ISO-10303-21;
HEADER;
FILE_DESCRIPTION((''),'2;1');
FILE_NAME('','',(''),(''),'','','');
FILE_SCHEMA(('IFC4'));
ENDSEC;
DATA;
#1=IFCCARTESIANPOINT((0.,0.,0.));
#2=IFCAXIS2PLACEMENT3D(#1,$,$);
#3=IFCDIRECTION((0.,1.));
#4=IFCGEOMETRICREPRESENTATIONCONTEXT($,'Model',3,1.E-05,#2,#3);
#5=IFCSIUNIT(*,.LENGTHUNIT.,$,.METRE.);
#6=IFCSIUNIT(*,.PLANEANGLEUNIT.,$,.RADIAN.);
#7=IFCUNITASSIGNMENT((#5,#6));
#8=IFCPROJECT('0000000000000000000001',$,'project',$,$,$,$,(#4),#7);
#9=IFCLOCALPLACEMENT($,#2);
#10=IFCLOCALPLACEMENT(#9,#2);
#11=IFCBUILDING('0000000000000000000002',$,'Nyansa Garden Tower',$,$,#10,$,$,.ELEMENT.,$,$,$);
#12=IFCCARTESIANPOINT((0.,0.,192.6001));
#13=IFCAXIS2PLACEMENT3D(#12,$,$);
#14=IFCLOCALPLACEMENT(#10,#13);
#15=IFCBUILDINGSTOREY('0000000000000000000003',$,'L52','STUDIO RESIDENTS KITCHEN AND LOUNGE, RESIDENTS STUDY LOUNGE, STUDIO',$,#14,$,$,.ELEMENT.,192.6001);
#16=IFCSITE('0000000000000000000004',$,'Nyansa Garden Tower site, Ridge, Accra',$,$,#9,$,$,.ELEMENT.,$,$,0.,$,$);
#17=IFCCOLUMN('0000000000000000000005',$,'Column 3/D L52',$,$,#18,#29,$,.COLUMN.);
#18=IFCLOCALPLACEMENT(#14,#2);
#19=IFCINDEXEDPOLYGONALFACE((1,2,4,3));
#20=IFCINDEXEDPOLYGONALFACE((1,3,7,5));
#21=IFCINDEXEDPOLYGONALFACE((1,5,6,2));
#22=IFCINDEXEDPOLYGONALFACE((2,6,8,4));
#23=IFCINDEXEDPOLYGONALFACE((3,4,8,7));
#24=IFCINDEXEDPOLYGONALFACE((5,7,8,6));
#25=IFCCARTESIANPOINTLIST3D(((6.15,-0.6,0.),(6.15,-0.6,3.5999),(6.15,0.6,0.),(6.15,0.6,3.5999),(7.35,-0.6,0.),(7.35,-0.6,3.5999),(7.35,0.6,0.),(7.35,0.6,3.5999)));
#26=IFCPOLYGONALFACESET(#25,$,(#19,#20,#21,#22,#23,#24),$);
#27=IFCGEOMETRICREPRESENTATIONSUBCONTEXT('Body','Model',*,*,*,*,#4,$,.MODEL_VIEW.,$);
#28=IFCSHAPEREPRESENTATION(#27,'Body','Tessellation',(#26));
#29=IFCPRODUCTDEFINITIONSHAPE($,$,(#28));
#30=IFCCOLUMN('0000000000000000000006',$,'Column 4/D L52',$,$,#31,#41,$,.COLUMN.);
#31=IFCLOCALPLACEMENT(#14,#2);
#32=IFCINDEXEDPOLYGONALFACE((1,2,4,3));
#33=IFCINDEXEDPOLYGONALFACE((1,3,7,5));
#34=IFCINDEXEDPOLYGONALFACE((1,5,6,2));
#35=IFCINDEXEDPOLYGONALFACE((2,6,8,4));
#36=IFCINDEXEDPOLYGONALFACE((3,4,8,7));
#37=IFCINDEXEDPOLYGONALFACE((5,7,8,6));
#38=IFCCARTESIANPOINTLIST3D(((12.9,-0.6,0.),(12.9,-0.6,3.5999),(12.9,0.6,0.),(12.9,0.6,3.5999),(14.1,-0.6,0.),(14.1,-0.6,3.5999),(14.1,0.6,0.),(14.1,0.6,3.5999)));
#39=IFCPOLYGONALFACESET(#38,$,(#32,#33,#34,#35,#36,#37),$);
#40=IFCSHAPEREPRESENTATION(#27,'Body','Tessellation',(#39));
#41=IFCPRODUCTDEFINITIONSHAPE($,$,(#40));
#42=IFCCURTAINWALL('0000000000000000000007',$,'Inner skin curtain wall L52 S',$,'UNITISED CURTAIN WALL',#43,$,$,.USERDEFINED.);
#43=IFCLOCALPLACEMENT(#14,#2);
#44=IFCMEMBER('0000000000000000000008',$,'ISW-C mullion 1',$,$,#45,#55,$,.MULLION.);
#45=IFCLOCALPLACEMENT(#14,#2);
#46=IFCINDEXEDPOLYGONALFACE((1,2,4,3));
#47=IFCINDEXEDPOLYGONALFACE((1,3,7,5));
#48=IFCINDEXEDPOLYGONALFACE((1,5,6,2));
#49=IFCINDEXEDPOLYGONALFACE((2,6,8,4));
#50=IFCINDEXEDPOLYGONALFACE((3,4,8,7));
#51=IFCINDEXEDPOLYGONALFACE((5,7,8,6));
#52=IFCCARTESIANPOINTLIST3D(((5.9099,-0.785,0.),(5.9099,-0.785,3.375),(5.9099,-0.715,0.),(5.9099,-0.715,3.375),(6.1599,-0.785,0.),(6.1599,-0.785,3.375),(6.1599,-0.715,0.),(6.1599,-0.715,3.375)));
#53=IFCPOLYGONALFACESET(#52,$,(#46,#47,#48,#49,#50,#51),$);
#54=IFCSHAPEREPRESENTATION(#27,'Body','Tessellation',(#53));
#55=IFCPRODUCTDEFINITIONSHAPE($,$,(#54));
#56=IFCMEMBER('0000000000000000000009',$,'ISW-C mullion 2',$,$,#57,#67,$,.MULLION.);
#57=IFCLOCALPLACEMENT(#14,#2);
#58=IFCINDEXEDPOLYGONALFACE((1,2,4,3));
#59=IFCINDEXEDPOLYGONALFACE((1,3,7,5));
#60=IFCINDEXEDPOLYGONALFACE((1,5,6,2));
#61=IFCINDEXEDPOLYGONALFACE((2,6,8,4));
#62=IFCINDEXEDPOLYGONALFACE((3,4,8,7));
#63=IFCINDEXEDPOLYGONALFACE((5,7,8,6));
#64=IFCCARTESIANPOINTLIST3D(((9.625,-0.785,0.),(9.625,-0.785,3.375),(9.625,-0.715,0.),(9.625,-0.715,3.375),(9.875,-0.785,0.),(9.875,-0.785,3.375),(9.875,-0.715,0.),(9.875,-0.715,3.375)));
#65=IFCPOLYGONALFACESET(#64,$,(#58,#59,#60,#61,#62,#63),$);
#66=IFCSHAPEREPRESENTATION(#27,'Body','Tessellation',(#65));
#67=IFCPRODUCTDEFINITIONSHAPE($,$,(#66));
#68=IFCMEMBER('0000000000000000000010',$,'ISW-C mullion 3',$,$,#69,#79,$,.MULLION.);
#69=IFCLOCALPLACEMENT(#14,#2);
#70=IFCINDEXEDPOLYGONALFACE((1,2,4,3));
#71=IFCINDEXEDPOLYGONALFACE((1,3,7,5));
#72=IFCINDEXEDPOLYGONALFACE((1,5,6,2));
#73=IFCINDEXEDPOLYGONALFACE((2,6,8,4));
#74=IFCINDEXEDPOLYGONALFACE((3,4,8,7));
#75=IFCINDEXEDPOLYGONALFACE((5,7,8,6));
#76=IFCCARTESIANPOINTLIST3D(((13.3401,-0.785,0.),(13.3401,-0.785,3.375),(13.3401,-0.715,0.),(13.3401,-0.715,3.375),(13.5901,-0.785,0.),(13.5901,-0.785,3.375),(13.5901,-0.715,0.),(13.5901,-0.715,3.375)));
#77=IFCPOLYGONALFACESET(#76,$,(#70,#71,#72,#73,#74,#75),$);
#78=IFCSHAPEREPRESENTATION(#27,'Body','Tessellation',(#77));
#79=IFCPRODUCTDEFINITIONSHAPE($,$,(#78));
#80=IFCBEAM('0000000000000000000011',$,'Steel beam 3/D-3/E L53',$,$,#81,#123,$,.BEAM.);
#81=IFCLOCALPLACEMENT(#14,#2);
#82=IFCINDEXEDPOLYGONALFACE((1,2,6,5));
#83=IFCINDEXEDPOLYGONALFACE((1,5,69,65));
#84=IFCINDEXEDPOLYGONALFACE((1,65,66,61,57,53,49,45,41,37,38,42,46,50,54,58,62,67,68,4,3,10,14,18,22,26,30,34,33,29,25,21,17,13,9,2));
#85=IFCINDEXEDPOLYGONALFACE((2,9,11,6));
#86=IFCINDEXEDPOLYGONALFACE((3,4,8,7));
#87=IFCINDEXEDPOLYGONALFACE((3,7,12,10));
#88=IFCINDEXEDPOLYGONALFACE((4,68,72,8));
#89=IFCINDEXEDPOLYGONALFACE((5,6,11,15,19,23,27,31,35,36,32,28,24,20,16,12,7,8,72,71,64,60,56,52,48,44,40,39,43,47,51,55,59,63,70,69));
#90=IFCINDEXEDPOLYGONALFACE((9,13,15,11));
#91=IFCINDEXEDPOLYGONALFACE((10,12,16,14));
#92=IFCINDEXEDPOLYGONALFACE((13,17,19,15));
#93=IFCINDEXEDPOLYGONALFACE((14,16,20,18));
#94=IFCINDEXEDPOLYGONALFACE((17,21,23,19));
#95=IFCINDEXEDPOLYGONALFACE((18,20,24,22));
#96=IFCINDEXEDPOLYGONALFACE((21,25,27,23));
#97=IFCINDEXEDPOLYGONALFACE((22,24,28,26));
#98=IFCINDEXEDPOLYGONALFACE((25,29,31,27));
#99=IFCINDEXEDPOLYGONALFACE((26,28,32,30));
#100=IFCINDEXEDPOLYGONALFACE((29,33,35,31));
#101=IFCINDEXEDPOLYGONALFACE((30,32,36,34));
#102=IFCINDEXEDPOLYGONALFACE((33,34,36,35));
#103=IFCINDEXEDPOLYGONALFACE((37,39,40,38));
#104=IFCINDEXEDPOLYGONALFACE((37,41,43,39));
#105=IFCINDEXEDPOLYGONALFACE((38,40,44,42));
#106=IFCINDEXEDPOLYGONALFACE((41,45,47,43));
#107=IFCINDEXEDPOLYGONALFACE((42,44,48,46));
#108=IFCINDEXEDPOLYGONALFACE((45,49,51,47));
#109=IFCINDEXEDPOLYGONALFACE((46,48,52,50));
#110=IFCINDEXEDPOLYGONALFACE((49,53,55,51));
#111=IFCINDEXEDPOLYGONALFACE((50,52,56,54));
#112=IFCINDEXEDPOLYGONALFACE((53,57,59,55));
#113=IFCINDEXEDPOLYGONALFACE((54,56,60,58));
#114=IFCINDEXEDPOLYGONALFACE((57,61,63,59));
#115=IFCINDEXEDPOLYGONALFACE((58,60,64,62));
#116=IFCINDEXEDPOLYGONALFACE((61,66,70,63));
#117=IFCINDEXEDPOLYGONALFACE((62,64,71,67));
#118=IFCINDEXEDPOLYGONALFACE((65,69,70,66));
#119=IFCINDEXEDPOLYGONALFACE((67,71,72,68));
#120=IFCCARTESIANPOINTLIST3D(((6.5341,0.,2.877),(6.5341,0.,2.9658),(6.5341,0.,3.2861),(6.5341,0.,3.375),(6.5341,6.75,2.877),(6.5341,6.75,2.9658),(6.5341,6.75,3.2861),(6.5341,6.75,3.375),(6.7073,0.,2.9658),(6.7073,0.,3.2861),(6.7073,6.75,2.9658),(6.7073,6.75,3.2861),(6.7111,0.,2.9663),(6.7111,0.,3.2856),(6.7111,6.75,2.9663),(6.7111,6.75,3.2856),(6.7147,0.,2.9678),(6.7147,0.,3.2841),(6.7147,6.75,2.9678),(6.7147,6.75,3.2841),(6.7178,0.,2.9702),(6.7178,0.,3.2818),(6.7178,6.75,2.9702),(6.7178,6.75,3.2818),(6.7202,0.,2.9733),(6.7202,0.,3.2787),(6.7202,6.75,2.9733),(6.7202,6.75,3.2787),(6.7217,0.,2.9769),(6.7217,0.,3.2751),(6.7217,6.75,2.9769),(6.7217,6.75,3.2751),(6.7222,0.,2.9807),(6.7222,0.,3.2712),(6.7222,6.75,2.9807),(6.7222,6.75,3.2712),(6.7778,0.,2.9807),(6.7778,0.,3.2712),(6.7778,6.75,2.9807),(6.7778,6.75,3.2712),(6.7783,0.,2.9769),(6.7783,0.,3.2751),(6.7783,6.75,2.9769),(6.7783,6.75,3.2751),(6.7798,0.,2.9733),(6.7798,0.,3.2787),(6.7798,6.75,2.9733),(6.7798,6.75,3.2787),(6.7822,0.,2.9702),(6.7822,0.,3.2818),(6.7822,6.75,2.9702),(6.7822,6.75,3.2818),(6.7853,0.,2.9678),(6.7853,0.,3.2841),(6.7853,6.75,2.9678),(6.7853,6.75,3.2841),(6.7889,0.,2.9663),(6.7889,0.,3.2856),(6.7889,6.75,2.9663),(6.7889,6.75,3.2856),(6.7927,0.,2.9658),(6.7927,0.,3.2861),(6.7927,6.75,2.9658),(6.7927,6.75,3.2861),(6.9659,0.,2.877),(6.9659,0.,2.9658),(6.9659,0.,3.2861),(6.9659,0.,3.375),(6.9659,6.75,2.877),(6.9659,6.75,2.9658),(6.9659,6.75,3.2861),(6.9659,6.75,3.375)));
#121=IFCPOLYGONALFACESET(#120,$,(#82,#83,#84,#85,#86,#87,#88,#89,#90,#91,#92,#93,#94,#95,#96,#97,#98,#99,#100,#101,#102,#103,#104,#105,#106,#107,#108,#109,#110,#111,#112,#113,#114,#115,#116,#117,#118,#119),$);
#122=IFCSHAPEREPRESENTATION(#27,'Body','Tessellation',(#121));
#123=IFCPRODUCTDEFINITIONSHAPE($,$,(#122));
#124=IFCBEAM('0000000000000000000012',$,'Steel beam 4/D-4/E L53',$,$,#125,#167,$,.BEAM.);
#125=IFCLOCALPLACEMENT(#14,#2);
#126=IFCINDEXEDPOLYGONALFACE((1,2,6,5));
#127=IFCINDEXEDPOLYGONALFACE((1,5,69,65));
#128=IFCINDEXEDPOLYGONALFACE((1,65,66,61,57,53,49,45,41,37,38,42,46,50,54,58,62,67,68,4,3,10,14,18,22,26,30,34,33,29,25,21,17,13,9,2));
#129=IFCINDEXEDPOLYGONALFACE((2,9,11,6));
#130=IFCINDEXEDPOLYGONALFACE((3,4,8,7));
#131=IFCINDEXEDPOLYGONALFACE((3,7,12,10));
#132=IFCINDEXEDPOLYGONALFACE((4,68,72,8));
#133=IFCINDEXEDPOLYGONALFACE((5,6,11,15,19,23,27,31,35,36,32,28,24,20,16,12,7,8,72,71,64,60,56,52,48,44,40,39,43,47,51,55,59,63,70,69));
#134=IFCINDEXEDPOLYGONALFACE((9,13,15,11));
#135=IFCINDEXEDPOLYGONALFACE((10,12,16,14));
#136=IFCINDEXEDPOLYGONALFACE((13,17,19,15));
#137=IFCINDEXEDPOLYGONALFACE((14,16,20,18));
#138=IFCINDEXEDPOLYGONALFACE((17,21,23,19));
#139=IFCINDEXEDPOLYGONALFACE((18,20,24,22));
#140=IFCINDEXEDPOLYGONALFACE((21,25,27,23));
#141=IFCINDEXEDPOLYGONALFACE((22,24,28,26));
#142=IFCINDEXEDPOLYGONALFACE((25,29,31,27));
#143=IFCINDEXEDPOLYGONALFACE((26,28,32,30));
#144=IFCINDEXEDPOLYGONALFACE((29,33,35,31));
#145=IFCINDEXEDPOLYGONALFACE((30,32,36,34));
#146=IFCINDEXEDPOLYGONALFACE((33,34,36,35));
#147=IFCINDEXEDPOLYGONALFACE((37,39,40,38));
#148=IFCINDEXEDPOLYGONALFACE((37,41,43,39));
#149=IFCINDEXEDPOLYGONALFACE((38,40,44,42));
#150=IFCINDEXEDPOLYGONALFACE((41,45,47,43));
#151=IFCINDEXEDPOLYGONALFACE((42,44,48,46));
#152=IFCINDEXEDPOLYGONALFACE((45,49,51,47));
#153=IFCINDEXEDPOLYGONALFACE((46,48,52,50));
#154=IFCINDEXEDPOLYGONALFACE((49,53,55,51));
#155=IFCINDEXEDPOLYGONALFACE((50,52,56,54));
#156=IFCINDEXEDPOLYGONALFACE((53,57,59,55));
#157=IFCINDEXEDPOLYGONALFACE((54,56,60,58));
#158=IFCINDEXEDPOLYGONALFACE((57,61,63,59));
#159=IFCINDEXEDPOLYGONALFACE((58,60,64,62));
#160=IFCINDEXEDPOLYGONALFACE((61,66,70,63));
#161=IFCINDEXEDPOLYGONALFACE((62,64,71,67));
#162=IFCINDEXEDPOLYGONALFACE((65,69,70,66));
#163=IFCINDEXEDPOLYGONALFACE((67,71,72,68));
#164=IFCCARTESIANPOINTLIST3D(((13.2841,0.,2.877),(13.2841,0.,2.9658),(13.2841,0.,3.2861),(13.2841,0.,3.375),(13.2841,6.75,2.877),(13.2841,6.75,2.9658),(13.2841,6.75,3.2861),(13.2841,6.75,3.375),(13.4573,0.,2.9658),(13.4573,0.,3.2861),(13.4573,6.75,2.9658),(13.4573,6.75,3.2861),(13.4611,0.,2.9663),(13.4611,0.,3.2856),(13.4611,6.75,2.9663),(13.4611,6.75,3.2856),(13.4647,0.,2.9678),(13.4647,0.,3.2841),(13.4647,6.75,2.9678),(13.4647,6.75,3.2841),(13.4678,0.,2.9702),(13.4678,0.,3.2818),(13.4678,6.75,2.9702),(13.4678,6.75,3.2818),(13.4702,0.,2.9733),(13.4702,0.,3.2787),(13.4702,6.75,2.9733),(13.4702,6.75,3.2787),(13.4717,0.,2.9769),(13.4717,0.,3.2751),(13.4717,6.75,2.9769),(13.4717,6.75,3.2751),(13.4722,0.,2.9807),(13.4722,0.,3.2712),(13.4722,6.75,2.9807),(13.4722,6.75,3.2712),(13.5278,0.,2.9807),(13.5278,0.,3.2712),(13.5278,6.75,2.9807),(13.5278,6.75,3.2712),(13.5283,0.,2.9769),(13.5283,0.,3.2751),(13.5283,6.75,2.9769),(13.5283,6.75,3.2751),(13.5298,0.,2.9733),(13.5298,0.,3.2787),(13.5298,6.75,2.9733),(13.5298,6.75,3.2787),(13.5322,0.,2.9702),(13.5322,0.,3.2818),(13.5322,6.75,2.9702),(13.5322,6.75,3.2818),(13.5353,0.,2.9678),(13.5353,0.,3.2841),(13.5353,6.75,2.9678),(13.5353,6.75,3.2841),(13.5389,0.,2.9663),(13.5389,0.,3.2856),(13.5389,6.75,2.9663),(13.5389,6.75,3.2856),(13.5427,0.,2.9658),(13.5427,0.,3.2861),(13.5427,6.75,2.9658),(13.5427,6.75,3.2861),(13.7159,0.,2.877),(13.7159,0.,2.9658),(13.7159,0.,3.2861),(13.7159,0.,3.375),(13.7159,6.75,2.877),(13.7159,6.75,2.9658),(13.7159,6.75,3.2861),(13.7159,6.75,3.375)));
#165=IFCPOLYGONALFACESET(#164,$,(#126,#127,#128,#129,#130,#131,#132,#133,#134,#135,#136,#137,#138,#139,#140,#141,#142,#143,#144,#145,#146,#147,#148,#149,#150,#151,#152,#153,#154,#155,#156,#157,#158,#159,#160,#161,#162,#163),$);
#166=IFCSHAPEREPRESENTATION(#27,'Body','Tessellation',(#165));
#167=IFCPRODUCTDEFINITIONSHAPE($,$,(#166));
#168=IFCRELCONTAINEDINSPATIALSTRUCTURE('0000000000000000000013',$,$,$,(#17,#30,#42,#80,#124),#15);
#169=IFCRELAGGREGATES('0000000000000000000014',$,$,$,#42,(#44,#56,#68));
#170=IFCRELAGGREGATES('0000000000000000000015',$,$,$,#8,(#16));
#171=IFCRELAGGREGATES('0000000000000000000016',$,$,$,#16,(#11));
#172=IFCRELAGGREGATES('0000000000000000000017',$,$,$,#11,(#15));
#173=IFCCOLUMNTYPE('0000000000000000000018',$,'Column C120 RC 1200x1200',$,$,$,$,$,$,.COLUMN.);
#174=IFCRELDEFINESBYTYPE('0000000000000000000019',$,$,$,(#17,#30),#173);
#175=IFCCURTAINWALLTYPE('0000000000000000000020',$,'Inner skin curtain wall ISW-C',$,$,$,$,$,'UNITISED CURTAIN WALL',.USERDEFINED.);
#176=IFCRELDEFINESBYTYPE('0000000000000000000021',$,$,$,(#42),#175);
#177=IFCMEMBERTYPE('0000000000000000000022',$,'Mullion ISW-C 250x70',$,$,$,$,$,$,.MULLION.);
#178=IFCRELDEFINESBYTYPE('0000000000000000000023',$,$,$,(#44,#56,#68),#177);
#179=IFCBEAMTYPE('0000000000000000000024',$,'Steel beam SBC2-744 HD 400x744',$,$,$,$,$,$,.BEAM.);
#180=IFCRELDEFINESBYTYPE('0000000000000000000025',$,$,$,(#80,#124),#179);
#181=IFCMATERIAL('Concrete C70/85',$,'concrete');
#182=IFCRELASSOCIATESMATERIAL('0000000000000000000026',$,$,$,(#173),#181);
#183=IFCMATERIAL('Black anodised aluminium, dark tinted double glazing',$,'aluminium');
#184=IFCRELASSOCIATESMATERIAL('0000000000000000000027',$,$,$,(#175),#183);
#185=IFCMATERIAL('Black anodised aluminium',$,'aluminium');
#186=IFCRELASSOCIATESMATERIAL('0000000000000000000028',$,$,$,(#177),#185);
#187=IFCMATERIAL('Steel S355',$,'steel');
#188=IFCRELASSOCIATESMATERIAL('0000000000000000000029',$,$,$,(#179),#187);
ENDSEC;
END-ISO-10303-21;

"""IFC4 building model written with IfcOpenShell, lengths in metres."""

from ifc_helpers import new_model, si_unit, direction, frame, origin, origin_2d, place, context, subcontext, project, spatial, rectangle, i_section, extrude, material, material_profile, profile_set, type_object, element, aggregate, save


model = new_model("IFC4")

# Units and contexts
model_context = context("Model", 3, precision=1e-05, world=origin(), true_north=direction((0.0, 1.0)))
body_context = subcontext(model_context, "Body", "Model", "MODEL_VIEW")
ifc_project = project(units=[si_unit("LENGTHUNIT", "METRE"), si_unit("PLANEANGLEUNIT", "RADIAN")], contexts=[model_context])

# Site, building, storey
site_placement = place(None, origin())
site = spatial("IfcSite", under=ifc_project, at=site_placement, Name="Nyansa Garden Tower site, Ridge, Accra", CompositionType="ELEMENT", RefElevation=0.0)
building_placement = place(site_placement, origin())
building = spatial("IfcBuilding", under=site, at=building_placement, Name="Nyansa Garden Tower", CompositionType="ELEMENT")
storey_placement = place(building_placement, frame((0.0, 0.0, 192.6001)))
storey = spatial("IfcBuildingStorey", under=building, at=storey_placement, Name="L52", Description="STUDIO RESIDENTS KITCHEN AND LOUNGE, RESIDENTS STUDY LOUNGE, STUDIO", CompositionType="ELEMENT", Elevation=192.6001)

# Columns
ifc_material_1 = material(Name="Concrete C70/85", Category="concrete")
ifc_material_profile_1 = material_profile(ifc_material_1, rectangle(XDim=1.2, YDim=1.2, at=origin_2d()), Name="RC 1200x1200")
ifc_profile_set_1 = profile_set([ifc_material_profile_1], Name="Concrete C70/85")
column_type = type_object("IfcColumnType", Name="Column C120 RC 1200x1200", PredefinedType="COLUMN", material=ifc_profile_set_1)
for number, where, z_axis, x_axis, name in (
    (1, (6.75, 0.0, 0.0), (0.0, 0.0, 1.0), (1.0, 0.0, 0.0), "Column 3/D L52"),
    (2, (13.5, 0.0, 0.0), (0.0, 0.0, 1.0), (1.0, 0.0, 0.0), "Column 4/D L52"),
):
    element("IfcColumn", number, at=place(storey_placement, frame(where, z_axis=z_axis, x_axis=x_axis)), inside=storey, type_object=column_type, Name=name, PredefinedType="COLUMN", context=body_context, shape_type="SweptSolid", body=[
        extrude(rectangle(XDim=1.2, YDim=1.2, at=origin_2d()), origin(), (0.0, 0.0, 1.0), 3.5999),
    ])

# Curtain wall, members
ifc_material_2 = material(Name="Black anodised aluminium, dark tinted double glazing", Category="aluminium")
curtain_wall_type = type_object("IfcCurtainWallType", Name="Inner skin curtain wall ISW-C", ElementType="UNITISED CURTAIN WALL", PredefinedType="USERDEFINED", material=ifc_material_2)
curtain_wall_placement = place(storey_placement, origin())
curtain_wall = element("IfcCurtainWall", 3, at=curtain_wall_placement, inside=storey, type_object=curtain_wall_type, Name="Inner skin curtain wall L52 S", ObjectType="UNITISED CURTAIN WALL", PredefinedType="USERDEFINED")
ifc_material_3 = material(Name="Black anodised aluminium", Category="aluminium")
ifc_material_profile_2 = material_profile(ifc_material_3, rectangle(XDim=0.0701, YDim=0.25, at=origin_2d()), Name="Mullion 250x70")
ifc_profile_set_2 = profile_set([ifc_material_profile_2], Name="Black anodised aluminium")
member_type_1 = type_object("IfcMemberType", Name="Mullion ISW-C 250x70", PredefinedType="MULLION", material=ifc_profile_set_2)
member_1_placement = place(storey_placement, frame((6.0349, -0.75, 0.0), z_axis=(0.0, 0.0, 1.0), x_axis=(0.0, 1.0, 0.0)))
member_1 = element("IfcMember", 4, at=member_1_placement, type_object=member_type_1, Name="ISW-C mullion 1", PredefinedType="MULLION", context=body_context, shape_type="SweptSolid", body=[
    extrude(rectangle(XDim=0.0701, YDim=0.25, at=origin_2d()), origin(), (0.0, 0.0, 1.0), 3.375),
])
member_2_placement = place(storey_placement, frame((9.75, -0.75, 0.0), z_axis=(0.0, 0.0, 1.0), x_axis=(0.0, 1.0, 0.0)))
member_2 = element("IfcMember", 5, at=member_2_placement, type_object=member_type_1, Name="ISW-C mullion 2", PredefinedType="MULLION", context=body_context, shape_type="SweptSolid", body=[
    extrude(rectangle(XDim=0.0701, YDim=0.25, at=origin_2d()), origin(), (0.0, 0.0, 1.0), 3.375),
])
member_3_placement = place(storey_placement, frame((13.4651, -0.75, 0.0), z_axis=(0.0, 0.0, 1.0), x_axis=(0.0, 1.0, 0.0)))
member_3 = element("IfcMember", 6, at=member_3_placement, type_object=member_type_1, Name="ISW-C mullion 3", PredefinedType="MULLION", context=body_context, shape_type="SweptSolid", body=[
    extrude(rectangle(XDim=0.0701, YDim=0.25, at=origin_2d()), origin(), (0.0, 0.0, 1.0), 3.375),
])

# Beams
ifc_material_4 = material(Name="Steel S355", Category="steel")
ifc_material_profile_3 = material_profile(ifc_material_4, i_section(OverallWidth=0.4319, OverallDepth=0.498, WebThickness=0.0557, FlangeThickness=0.0889, FilletRadius=0.0149, at=origin_2d()), Name="HD 400x744")
ifc_profile_set_3 = profile_set([ifc_material_profile_3], Name="Steel S355")
beam_type_1 = type_object("IfcBeamType", Name="Steel beam SBC2-744 HD 400x744", PredefinedType="BEAM", material=ifc_profile_set_3)
for number, where, z_axis, x_axis, name in (
    (7, (6.75, 0.0, 3.126), (0.0, 1.0, 0.0), (-1.0, 0.0, 0.0), "Steel beam 3/D-3/E L53"),
    (8, (13.5, 0.0, 3.126), (0.0, 1.0, 0.0), (-1.0, 0.0, 0.0), "Steel beam 4/D-4/E L53"),
):
    element("IfcBeam", number, at=place(storey_placement, frame(where, z_axis=z_axis, x_axis=x_axis)), inside=storey, type_object=beam_type_1, Name=name, PredefinedType="BEAM", context=body_context, shape_type="SweptSolid", body=[
        extrude(i_section(OverallWidth=0.4319, OverallDepth=0.498, WebThickness=0.0557, FlangeThickness=0.0889, FilletRadius=0.0149, at=origin_2d()), origin(), (0.0, 0.0, 1.0), 6.75),
    ])

aggregate(curtain_wall, [member_1, member_2, member_3])

save(model, "model.ifc")
